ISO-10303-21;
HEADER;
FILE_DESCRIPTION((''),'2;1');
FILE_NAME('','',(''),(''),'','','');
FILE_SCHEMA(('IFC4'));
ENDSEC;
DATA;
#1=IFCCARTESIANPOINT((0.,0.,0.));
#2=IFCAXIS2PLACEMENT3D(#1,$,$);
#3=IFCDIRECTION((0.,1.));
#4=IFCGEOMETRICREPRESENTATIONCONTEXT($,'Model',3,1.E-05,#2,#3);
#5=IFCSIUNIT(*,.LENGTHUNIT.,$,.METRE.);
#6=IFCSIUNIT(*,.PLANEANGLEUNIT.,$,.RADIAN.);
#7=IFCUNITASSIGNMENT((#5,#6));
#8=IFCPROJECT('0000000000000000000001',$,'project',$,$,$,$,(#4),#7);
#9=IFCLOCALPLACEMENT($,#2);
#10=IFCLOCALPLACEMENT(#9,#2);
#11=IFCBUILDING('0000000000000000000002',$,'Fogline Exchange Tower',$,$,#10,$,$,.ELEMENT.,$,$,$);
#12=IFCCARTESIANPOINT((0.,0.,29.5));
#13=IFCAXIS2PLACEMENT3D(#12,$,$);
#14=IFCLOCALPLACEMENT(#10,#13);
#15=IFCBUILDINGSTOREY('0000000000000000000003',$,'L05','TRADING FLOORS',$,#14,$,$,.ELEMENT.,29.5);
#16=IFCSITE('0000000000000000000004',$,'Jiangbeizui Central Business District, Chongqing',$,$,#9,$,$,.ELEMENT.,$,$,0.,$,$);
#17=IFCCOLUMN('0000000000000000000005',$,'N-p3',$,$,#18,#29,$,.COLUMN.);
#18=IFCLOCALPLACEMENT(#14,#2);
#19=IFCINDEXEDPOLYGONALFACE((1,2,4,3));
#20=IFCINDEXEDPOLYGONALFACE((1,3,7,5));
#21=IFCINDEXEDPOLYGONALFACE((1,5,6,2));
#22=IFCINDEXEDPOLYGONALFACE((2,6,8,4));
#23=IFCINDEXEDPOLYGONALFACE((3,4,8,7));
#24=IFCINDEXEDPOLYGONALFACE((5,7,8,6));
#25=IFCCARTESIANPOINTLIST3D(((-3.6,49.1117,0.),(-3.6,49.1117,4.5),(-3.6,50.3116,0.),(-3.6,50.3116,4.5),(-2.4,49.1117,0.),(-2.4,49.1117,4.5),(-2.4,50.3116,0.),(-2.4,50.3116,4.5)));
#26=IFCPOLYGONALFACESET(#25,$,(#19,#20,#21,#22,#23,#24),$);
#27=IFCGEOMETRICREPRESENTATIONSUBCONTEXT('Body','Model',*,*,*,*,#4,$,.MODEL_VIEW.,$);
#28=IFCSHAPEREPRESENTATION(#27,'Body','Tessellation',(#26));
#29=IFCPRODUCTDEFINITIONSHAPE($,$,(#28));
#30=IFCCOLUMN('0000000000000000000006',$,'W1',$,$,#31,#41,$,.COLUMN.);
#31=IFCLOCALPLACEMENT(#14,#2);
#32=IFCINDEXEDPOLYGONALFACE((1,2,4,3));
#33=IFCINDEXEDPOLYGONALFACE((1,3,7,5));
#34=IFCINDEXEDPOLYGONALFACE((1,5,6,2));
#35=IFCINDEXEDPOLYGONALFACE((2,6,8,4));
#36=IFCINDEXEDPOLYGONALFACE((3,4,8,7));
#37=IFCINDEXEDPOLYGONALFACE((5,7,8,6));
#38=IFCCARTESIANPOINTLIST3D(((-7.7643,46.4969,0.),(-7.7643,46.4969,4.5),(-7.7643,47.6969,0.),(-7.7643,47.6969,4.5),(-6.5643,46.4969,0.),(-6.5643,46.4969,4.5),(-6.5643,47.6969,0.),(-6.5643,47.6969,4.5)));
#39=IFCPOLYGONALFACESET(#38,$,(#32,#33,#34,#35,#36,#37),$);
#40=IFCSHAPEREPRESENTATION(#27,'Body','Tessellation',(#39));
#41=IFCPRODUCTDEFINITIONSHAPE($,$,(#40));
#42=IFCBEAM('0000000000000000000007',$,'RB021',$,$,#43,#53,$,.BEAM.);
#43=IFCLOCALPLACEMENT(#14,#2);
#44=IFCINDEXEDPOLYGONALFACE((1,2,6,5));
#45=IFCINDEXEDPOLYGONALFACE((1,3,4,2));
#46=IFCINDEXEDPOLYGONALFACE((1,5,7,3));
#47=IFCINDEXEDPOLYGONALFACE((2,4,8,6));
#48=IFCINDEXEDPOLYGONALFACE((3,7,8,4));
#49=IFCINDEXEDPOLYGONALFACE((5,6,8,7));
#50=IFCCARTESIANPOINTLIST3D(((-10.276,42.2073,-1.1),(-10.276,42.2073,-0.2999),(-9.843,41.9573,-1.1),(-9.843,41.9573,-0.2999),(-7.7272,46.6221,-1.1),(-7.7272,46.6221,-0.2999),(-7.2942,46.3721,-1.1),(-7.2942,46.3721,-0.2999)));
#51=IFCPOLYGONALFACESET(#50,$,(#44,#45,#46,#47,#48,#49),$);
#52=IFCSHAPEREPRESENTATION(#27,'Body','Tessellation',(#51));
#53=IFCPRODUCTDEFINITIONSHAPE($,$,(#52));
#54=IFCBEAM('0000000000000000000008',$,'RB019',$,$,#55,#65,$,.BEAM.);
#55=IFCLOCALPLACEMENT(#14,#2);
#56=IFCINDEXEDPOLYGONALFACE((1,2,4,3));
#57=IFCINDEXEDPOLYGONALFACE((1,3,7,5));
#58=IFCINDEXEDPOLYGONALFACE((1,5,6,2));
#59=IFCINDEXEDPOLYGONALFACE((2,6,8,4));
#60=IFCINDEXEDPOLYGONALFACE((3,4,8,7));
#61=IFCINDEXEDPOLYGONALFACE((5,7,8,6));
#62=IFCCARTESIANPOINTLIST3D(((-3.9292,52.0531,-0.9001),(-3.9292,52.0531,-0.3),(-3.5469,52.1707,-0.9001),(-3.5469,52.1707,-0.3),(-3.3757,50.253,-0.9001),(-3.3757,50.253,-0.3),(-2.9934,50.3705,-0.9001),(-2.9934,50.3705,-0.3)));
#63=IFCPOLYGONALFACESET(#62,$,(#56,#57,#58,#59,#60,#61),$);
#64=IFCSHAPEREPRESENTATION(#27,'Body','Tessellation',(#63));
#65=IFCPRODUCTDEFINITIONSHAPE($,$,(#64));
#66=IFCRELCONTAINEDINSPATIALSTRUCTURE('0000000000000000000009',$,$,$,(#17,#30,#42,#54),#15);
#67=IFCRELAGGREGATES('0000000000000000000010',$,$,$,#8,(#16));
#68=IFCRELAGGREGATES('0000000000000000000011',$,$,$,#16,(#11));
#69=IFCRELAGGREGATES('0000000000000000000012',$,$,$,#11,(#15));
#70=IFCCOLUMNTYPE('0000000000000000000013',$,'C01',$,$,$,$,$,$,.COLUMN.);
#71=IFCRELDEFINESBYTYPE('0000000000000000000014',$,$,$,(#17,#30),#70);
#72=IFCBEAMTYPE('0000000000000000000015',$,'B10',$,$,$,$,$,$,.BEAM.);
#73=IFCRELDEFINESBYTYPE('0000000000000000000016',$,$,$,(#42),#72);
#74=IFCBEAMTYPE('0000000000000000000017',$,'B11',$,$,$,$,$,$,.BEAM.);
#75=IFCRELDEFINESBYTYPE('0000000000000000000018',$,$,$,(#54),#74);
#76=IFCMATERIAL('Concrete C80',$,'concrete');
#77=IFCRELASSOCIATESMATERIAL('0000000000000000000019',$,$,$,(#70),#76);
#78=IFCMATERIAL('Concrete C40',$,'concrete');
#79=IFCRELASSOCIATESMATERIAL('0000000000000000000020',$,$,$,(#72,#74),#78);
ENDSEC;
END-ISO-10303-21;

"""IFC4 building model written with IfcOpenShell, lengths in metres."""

from ifc_helpers import new_model, si_unit, direction, frame, origin, origin_2d, place, context, subcontext, project, spatial, rectangle, extrude, material, material_profile, profile_set, type_object, element, save


model = new_model("IFC4")

# Units and contexts
model_context = context("Model", 3, precision=1e-05, world=origin(), true_north=direction((0.0, 1.0)))
body_context = subcontext(model_context, "Body", "Model", "MODEL_VIEW")
ifc_project = project(units=[si_unit("LENGTHUNIT", "METRE"), si_unit("PLANEANGLEUNIT", "RADIAN")], contexts=[model_context])

# Site, building, storey
site_placement = place(None, origin())
site = spatial("IfcSite", under=ifc_project, at=site_placement, Name="Jiangbeizui Central Business District, Chongqing", CompositionType="ELEMENT", RefElevation=0.0)
building_placement = place(site_placement, origin())
building = spatial("IfcBuilding", under=site, at=building_placement, Name="Fogline Exchange Tower", CompositionType="ELEMENT")
storey_placement = place(building_placement, frame((0.0, 0.0, 29.5)))
storey = spatial("IfcBuildingStorey", under=building, at=storey_placement, Name="L05", Description="TRADING FLOORS", CompositionType="ELEMENT", Elevation=29.5)

# Columns
ifc_material_1 = material(Name="Concrete C80", Category="concrete")
ifc_material_profile_1 = material_profile(ifc_material_1, rectangle(XDim=1.2, YDim=1.2, at=origin_2d()), Name="RC 1200x1200")
ifc_profile_set_1 = profile_set([ifc_material_profile_1], Name="Concrete C80")
column_type = type_object("IfcColumnType", Name="C01", PredefinedType="COLUMN", material=ifc_profile_set_1)
for number, where, z_axis, x_axis, name in (
    (1, (-3.0, 49.7117, 0.0), (0.0, 0.0, 1.0), (1.0, 0.0, 0.0), "N-p3"),
    (2, (-7.1643, 47.0969, 0.0), (0.0, 0.0, 1.0), (1.0, 0.0, 0.0), "W1"),
):
    element("IfcColumn", number, at=place(storey_placement, frame(where, z_axis=z_axis, x_axis=x_axis)), inside=storey, type_object=column_type, Name=name, PredefinedType="COLUMN", context=body_context, shape_type="SweptSolid", body=[
        extrude(rectangle(XDim=1.2, YDim=1.2, at=origin_2d()), origin(), (0.0, 0.0, 1.0), 4.5),
    ])

# Beams
ifc_material_2 = material(Name="Concrete C40", Category="concrete")
ifc_material_profile_2 = material_profile(ifc_material_2, rectangle(XDim=0.5, YDim=0.8, at=origin_2d()), Name="RC 500x800")
ifc_profile_set_2 = profile_set([ifc_material_profile_2], Name="Concrete C40")
beam_type_1 = type_object("IfcBeamType", Name="B10", PredefinedType="BEAM", material=ifc_profile_set_2)
beam_1_placement = place(storey_placement, frame((-7.5107, 46.4971, -0.7), z_axis=(-0.499992, -0.86603, 0.0), x_axis=(0.86603, -0.499992, 0.0)))
element("IfcBeam", 3, at=beam_1_placement, inside=storey, type_object=beam_type_1, Name="RB021", PredefinedType="BEAM", context=body_context, shape_type="SweptSolid", body=[
    extrude(rectangle(XDim=0.5, YDim=0.8, at=origin_2d()), origin(), (0.0, 0.0, 1.0), 5.0977),
])
ifc_material_profile_3 = material_profile(ifc_material_2, rectangle(XDim=0.3999, YDim=0.6001, at=origin_2d()), Name="RC 400x600")
ifc_profile_set_3 = profile_set([ifc_material_profile_3], Name="Concrete C40")
beam_type_2 = type_object("IfcBeamType", Name="B11", PredefinedType="BEAM", material=ifc_profile_set_3)
beam_2_placement = place(storey_placement, frame((-3.1846, 50.3118, -0.6001), z_axis=(-0.293895, 0.955838, 0.0), x_axis=(-0.955838, -0.293895, 0.0)))
element("IfcBeam", 4, at=beam_2_placement, inside=storey, type_object=beam_type_2, Name="RB019", PredefinedType="BEAM", context=body_context, shape_type="SweptSolid", body=[
    extrude(rectangle(XDim=0.3999, YDim=0.6001, at=origin_2d()), origin(), (0.0, 0.0, 1.0), 1.8833),
])

save(model, "model.ifc")
